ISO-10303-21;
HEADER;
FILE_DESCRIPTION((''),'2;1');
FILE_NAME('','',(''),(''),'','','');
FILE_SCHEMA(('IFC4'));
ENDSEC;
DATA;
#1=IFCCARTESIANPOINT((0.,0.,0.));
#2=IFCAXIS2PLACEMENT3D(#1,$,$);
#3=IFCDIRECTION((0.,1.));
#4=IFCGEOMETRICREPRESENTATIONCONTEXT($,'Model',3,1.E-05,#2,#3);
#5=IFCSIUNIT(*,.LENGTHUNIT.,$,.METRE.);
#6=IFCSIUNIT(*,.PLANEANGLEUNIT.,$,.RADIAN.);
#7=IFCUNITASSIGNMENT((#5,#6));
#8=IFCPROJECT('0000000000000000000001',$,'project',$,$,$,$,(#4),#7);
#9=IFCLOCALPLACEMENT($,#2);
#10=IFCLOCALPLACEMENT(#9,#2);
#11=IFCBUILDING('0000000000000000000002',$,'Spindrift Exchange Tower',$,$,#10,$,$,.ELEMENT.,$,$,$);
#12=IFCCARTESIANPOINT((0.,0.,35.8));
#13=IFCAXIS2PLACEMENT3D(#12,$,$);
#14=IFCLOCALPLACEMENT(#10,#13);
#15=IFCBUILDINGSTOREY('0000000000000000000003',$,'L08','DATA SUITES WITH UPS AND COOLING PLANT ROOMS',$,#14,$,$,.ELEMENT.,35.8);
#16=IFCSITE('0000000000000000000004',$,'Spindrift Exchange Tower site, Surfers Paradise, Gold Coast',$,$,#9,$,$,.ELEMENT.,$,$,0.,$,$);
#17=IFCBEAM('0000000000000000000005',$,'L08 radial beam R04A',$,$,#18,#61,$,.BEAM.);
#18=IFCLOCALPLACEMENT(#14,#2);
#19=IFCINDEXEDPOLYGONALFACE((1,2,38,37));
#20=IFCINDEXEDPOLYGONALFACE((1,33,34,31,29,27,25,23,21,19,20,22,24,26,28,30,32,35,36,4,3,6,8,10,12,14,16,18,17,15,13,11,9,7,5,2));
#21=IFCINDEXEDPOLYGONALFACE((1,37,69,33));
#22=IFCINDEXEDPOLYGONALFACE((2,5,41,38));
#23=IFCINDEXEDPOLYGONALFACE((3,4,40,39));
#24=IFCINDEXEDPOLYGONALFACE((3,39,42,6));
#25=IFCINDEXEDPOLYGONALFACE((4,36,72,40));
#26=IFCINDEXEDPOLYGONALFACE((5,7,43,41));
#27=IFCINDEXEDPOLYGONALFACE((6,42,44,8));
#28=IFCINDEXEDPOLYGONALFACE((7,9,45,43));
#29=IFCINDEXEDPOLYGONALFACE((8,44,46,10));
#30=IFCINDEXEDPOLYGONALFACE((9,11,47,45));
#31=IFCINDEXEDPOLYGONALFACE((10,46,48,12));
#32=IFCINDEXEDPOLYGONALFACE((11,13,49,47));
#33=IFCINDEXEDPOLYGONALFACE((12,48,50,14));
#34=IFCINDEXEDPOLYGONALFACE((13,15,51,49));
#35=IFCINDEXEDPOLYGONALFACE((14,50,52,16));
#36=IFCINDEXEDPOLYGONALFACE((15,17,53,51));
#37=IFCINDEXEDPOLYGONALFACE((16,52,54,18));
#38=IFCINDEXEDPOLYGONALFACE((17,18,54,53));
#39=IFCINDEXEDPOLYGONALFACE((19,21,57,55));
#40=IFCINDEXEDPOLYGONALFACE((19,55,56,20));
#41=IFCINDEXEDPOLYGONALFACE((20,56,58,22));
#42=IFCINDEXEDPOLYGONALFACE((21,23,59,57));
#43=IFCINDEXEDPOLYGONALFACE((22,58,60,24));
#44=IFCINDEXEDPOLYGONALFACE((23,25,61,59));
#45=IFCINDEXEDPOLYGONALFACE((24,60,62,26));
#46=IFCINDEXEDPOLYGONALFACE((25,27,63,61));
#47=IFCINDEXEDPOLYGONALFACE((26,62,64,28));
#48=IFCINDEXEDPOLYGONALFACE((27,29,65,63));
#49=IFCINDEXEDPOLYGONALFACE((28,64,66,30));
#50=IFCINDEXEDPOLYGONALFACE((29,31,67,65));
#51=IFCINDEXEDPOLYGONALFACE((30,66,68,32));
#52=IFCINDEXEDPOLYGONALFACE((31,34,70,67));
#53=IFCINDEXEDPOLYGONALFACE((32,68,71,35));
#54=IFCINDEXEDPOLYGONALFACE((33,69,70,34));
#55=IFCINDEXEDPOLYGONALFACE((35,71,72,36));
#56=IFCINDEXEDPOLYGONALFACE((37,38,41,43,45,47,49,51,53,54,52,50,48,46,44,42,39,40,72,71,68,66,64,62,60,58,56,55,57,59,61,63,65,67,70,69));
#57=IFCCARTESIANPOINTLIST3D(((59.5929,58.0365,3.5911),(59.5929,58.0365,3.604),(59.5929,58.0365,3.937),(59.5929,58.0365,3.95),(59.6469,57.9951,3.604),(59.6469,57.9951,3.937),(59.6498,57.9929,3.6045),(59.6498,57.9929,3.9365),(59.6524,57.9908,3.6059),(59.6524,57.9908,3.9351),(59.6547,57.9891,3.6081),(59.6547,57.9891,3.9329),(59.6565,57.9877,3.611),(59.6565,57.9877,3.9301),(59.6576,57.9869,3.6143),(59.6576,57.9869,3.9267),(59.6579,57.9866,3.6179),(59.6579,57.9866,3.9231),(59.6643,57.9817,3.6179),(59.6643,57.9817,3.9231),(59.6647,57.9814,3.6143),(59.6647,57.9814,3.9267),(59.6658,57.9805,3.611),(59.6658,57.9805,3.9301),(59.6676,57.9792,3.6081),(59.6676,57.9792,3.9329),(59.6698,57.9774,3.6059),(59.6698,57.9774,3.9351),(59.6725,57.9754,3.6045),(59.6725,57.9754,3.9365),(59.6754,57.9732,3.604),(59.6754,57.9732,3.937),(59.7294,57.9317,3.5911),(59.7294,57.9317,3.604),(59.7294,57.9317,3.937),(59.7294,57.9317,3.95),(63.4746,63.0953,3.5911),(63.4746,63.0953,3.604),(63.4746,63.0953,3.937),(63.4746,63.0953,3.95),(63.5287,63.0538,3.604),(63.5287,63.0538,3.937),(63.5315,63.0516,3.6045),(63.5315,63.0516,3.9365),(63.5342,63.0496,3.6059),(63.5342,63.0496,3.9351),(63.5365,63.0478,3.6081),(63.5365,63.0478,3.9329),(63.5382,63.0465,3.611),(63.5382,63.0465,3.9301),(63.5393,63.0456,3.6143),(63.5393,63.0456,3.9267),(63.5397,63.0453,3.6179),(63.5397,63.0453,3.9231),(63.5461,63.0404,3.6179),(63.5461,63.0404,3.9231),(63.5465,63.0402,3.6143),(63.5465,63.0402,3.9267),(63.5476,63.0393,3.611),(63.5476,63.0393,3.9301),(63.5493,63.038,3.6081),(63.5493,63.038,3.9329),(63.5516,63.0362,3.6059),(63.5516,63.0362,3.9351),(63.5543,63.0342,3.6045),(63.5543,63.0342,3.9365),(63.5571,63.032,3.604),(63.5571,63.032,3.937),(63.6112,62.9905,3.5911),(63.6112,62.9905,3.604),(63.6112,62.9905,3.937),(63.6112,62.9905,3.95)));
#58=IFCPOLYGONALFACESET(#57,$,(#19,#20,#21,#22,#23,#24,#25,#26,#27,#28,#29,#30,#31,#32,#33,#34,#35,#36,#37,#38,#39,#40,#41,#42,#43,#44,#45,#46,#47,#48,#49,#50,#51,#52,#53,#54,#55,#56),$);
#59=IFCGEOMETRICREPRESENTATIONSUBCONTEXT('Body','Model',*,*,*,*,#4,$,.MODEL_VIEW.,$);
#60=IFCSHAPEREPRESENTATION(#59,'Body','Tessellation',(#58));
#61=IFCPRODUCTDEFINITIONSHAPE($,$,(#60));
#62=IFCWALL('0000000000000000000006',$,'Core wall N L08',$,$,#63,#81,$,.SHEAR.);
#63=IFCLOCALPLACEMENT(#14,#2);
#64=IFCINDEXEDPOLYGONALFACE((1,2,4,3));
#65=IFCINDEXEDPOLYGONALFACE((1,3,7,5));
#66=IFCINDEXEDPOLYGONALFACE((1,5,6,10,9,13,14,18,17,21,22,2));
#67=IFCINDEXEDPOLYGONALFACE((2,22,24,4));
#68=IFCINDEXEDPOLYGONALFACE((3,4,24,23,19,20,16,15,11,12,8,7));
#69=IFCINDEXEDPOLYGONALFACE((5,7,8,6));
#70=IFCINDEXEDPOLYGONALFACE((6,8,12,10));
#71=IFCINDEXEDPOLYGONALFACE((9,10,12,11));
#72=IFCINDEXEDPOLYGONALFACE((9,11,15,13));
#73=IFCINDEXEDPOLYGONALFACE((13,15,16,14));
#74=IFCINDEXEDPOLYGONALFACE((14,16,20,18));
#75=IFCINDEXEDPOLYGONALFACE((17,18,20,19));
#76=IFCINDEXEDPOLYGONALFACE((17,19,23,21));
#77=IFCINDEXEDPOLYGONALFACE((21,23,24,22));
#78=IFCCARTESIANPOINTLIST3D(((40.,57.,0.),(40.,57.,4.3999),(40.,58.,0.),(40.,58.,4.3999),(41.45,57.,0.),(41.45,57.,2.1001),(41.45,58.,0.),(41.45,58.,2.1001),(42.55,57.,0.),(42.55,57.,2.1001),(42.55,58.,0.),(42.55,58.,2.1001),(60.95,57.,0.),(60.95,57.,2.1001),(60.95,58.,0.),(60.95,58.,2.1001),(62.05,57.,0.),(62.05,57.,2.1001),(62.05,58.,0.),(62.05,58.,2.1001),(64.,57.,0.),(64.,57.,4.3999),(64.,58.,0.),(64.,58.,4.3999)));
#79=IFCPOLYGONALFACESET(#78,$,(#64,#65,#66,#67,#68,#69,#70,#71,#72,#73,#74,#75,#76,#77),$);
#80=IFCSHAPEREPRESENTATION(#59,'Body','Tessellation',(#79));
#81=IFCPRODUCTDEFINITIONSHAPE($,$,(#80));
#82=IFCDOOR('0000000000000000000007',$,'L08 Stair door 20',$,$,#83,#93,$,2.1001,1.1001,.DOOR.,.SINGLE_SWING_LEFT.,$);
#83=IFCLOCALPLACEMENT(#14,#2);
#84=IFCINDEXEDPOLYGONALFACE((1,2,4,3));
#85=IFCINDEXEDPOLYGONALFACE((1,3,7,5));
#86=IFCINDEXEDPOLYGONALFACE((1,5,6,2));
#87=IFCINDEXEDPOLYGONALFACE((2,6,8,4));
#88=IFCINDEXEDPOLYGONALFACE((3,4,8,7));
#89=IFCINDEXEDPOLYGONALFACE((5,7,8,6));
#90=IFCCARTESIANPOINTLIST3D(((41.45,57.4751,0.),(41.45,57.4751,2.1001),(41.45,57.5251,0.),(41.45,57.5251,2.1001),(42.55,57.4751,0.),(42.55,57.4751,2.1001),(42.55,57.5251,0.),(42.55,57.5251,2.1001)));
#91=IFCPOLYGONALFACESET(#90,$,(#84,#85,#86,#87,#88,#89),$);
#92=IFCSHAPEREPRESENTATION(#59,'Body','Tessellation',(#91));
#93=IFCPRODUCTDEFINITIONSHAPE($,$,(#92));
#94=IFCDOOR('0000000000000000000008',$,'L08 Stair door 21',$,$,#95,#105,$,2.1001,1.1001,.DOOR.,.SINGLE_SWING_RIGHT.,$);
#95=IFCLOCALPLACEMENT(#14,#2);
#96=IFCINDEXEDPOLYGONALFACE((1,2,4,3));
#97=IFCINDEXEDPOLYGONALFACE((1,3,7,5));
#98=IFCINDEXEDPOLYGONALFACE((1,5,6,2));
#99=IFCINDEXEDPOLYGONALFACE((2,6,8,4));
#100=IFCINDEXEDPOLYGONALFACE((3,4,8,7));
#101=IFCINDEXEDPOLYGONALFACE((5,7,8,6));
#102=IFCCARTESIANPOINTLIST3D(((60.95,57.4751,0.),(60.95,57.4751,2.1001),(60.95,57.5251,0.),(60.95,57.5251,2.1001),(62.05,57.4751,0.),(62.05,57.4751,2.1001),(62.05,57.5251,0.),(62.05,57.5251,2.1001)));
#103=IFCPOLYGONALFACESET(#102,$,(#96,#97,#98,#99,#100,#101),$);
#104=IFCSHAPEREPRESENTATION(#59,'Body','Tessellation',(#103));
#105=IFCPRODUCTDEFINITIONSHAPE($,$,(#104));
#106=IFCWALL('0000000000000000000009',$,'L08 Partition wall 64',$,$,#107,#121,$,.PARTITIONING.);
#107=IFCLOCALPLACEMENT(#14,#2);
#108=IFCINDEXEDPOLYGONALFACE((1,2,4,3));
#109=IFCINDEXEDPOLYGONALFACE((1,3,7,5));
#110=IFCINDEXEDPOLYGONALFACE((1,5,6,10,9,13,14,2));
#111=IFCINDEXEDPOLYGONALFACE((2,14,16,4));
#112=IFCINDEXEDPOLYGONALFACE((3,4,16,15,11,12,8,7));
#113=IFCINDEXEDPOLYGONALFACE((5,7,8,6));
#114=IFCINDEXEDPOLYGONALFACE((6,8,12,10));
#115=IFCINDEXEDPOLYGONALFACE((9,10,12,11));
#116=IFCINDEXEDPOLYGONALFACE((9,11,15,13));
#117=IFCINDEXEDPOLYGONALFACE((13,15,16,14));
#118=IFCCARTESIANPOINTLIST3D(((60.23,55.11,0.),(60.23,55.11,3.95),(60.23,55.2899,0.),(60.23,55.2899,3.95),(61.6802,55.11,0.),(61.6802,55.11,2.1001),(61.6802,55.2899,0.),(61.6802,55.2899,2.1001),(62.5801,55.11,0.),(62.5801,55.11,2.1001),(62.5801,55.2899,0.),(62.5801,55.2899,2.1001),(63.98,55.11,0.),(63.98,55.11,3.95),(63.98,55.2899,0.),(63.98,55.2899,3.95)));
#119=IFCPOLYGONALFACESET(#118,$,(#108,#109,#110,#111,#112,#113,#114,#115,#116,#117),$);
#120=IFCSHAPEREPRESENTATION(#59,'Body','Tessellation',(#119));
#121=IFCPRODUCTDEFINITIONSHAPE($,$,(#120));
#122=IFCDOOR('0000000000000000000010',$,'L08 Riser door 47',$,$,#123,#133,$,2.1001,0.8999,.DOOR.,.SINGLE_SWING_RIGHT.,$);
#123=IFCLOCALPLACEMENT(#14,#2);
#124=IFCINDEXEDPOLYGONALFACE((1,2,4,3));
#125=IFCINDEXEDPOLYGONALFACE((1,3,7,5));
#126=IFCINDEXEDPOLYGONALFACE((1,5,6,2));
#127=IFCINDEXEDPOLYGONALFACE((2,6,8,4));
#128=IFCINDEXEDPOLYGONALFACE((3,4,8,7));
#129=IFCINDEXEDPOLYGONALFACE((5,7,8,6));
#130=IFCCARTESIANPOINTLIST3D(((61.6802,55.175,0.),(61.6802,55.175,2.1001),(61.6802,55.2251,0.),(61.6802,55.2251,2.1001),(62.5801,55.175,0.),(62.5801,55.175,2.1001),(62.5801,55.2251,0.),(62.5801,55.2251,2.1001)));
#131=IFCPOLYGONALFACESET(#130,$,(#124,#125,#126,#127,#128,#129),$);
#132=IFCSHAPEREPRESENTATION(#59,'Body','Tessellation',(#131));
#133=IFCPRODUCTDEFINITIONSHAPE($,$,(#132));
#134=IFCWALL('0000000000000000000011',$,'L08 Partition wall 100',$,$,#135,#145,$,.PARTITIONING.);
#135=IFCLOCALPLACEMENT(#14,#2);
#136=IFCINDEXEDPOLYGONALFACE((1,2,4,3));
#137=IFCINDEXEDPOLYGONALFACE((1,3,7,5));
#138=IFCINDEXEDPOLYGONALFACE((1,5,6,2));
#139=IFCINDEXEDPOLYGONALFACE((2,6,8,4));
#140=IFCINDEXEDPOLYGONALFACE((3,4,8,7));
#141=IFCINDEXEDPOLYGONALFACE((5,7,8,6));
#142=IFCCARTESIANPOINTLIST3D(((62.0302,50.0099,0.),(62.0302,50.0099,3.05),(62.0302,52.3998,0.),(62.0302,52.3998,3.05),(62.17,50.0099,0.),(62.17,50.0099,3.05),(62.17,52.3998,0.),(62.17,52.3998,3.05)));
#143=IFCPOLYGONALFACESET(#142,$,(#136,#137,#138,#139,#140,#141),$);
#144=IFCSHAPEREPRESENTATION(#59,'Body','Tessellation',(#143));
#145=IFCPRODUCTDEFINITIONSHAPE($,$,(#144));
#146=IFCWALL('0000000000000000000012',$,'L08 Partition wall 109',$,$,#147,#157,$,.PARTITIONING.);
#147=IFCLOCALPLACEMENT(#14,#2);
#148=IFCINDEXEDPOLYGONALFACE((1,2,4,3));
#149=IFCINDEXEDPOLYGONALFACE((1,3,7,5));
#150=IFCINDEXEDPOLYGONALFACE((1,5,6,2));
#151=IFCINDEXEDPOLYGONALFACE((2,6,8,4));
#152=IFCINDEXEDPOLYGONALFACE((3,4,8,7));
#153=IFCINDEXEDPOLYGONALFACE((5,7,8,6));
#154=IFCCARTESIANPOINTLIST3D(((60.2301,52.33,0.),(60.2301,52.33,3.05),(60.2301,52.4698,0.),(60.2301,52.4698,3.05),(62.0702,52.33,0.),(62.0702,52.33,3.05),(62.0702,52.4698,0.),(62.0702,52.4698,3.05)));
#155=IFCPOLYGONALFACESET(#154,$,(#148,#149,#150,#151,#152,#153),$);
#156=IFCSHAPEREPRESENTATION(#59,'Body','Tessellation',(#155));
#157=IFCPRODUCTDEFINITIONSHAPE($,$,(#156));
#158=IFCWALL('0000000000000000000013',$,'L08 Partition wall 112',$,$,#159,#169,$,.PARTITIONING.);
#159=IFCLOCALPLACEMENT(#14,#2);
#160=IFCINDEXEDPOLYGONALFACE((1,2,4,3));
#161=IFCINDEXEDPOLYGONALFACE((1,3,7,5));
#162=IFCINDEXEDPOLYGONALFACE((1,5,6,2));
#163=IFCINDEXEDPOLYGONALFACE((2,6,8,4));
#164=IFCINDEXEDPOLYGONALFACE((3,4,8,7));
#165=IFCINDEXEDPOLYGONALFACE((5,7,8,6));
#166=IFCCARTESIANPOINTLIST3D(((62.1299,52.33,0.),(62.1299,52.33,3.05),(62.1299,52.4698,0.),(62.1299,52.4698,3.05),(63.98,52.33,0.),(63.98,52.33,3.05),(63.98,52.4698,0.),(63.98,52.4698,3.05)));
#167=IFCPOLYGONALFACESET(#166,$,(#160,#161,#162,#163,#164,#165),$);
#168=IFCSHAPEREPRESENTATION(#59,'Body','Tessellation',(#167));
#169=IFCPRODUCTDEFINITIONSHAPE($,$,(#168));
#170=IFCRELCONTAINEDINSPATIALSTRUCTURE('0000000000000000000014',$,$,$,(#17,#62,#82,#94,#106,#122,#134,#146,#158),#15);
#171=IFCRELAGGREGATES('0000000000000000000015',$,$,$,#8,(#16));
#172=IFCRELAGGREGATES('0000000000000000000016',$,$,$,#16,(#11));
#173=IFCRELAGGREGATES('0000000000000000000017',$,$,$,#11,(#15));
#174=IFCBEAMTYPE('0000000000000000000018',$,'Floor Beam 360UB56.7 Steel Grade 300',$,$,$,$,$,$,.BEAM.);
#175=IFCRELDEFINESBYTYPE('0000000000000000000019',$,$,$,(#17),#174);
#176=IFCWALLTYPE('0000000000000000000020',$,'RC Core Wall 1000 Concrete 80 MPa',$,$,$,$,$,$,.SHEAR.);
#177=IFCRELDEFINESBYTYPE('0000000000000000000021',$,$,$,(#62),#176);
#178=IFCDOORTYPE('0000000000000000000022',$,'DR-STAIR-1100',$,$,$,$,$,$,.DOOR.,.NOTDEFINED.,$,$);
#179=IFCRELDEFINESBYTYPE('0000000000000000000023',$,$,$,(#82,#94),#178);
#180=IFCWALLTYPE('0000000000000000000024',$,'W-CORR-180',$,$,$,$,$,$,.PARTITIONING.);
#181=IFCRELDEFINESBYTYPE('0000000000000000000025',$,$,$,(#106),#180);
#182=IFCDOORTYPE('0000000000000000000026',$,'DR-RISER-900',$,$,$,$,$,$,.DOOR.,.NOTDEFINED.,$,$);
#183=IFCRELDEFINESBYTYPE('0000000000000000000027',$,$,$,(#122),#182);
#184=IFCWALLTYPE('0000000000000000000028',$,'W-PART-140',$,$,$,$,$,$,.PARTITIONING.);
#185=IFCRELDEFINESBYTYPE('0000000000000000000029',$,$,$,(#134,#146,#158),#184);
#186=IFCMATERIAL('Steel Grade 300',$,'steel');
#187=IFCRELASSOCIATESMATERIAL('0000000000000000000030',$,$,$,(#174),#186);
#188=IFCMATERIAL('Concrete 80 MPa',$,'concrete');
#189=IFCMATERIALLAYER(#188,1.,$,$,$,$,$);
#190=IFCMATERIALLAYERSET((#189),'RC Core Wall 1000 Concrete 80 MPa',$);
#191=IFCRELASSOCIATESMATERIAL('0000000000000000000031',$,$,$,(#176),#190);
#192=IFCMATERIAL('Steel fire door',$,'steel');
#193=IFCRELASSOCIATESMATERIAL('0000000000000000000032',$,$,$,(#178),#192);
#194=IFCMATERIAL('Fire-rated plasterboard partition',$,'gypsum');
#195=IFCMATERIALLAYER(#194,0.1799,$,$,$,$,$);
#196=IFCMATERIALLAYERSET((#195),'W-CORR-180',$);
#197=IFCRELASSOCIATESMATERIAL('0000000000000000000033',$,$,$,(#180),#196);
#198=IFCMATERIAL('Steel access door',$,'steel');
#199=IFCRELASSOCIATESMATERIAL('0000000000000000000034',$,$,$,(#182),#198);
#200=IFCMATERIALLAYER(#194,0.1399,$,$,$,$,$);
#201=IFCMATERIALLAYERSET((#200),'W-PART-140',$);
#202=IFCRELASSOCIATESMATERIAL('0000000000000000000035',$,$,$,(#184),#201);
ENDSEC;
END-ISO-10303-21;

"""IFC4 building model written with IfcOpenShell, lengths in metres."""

from ifc_helpers import new_model, si_unit, direction, frame, frame_2d, origin, origin_2d, place, context, subcontext, project, spatial, rectangle, i_section, extrude, source, transform, mapped, material, layer, layer_set, material_profile, profile_set, type_object, element, fill, save


model = new_model("IFC4")

# Units and contexts
model_context = context("Model", 3, precision=1e-05, world=origin(), true_north=direction((0.0, 1.0)))
body_context = subcontext(model_context, "Body", "Model", "MODEL_VIEW")
ifc_project = project(units=[si_unit("LENGTHUNIT", "METRE"), si_unit("PLANEANGLEUNIT", "RADIAN")], contexts=[model_context])

# Site, building, storey
site_placement = place(None, origin())
site = spatial("IfcSite", under=ifc_project, at=site_placement, Name="Spindrift Exchange Tower site, Surfers Paradise, Gold Coast", CompositionType="ELEMENT", RefElevation=0.0)
building_placement = place(site_placement, origin())
building = spatial("IfcBuilding", under=site, at=building_placement, Name="Spindrift Exchange Tower", CompositionType="ELEMENT")
storey_placement = place(building_placement, frame((0.0, 0.0, 35.8)))
storey = spatial("IfcBuildingStorey", under=building, at=storey_placement, Name="L08", Description="DATA SUITES WITH UPS AND COOLING PLANT ROOMS", CompositionType="ELEMENT", Elevation=35.8)

# Shared definitions
ifc_material_1 = material(Name="Concrete 80 MPa", Category="concrete")

# Beam
ifc_material_2 = material(Name="Steel Grade 300", Category="steel")
ifc_material_profile_1 = material_profile(ifc_material_2, i_section(OverallWidth=0.1721, OverallDepth=0.3589, WebThickness=0.0081, FlangeThickness=0.0129, FilletRadius=0.0139, at=origin_2d()), Name="360UB56.7")
ifc_profile_set_1 = profile_set([ifc_material_profile_1], Name="Steel Grade 300")
beam_type_1 = type_object("IfcBeamType", Name="Floor Beam 360UB56.7 Steel Grade 300", PredefinedType="BEAM", material=ifc_profile_set_1)
shared_shape_1 = source(origin(), body_context, "Body", "SweptSolid", [
    extrude(i_section(OverallWidth=0.1721, OverallDepth=0.3589, WebThickness=0.0081, FlangeThickness=0.0129, FilletRadius=0.0139, at=origin_2d()), origin(), (0.0, 0.0, 1.0), 6.3765),
])
beam_1_placement = place(storey_placement, frame((59.6611, 57.9841, 3.7705), z_axis=(0.608767, 0.793349, 0.0), x_axis=(-0.793349, 0.608767, 0.0)))
element("IfcBeam", 1, at=beam_1_placement, inside=storey, type_object=beam_type_1, Name="L08 radial beam R04A", PredefinedType="BEAM", context=body_context, shape_type="MappedRepresentation", body=[
    mapped(shared_shape_1, transform((0.0, 0.0, 0.0), scale=1.0)),
])

# Wall, openings, doors
ifc_layer_1 = layer(ifc_material_1, 1.0)
ifc_layer_set_1 = layer_set([ifc_layer_1], Name="RC Core Wall 1000 Concrete 80 MPa")
wall_type_1 = type_object("IfcWallType", Name="RC Core Wall 1000 Concrete 80 MPa", PredefinedType="SHEAR", material=ifc_layer_set_1)
wall_1_placement = place(storey_placement, frame((64.0, 57.5, 0.0), z_axis=(0.0, 0.0, 1.0), x_axis=(-1.0, 0.0, 0.0)))
wall_1 = element("IfcWall", 2, at=wall_1_placement, inside=storey, type_object=wall_type_1, Name="Core wall N L08", PredefinedType="SHEAR", context=body_context, shape_type="SweptSolid", body=[
    extrude(rectangle(XDim=24.0, YDim=1.0, at=frame_2d((12.0, 0.0))), origin(), (0.0, 0.0, 1.0), 4.3999),
])
opening_1_placement = place(wall_1_placement, frame((21.45, 0.0, 0.0)))
opening_1 = element("IfcOpeningElement", 3, at=opening_1_placement, cuts=wall_1, PredefinedType="OPENING", context=body_context, shape_type="SweptSolid", body=[
    extrude(rectangle(XDim=1.1001, YDim=2.1001, at=frame_2d((0.55, 1.05))), frame((0.0, 0.51, 0.0), z_axis=(0.0, -1.0, 0.0), x_axis=(1.0, 0.0, 0.0)), (0.0, 0.0, 1.0), 1.02),
])
opening_2_placement = place(wall_1_placement, frame((1.95, 0.0, 0.0)))
opening_2 = element("IfcOpeningElement", 4, at=opening_2_placement, cuts=wall_1, PredefinedType="OPENING", context=body_context, shape_type="SweptSolid", body=[
    extrude(rectangle(XDim=1.1001, YDim=2.1001, at=frame_2d((0.55, 1.05))), frame((0.0, 0.51, 0.0), z_axis=(0.0, -1.0, 0.0), x_axis=(1.0, 0.0, 0.0)), (0.0, 0.0, 1.0), 1.02),
])
ifc_material_3 = material(Name="Steel fire door", Category="steel")
door_type_1 = type_object("IfcDoorType", Name="DR-STAIR-1100", OperationType="NOTDEFINED", PredefinedType="DOOR", material=ifc_material_3)
shared_shape_2 = source(origin(), body_context, "Body", "SweptSolid", [
    extrude(rectangle(XDim=1.1001, YDim=2.1001, at=frame_2d((0.55, 1.05))), frame((0.0, 0.0249, 0.0), z_axis=(0.0, -1.0, 0.0), x_axis=(1.0, 0.0, 0.0)), (0.0, 0.0, 1.0), 0.05),
])
door_1_placement = place(opening_1_placement, origin())
door_1 = element("IfcDoor", 5, at=door_1_placement, inside=storey, type_object=door_type_1, Name="L08 Stair door 20", OperationType="SINGLE_SWING_LEFT", OverallHeight=2.1001, OverallWidth=1.1001, PredefinedType="DOOR", context=body_context, shape_type="MappedRepresentation", body=[
    mapped(shared_shape_2, transform((0.0, 0.0, 0.0), scale=1.0)),
])
fill(opening_1, door_1)
door_2_placement = place(opening_2_placement, origin())
door_2 = element("IfcDoor", 6, at=door_2_placement, inside=storey, type_object=door_type_1, Name="L08 Stair door 21", OperationType="SINGLE_SWING_RIGHT", OverallHeight=2.1001, OverallWidth=1.1001, PredefinedType="DOOR", context=body_context, shape_type="MappedRepresentation", body=[
    mapped(shared_shape_2, transform((0.0, 0.0, 0.0), scale=1.0)),
])
fill(opening_2, door_2)

# Wall, opening, door
ifc_material_4 = material(Name="Fire-rated plasterboard partition", Category="gypsum")
ifc_layer_2 = layer(ifc_material_4, 0.1799)
ifc_layer_set_2 = layer_set([ifc_layer_2], Name="W-CORR-180")
wall_type_2 = type_object("IfcWallType", Name="W-CORR-180", PredefinedType="PARTITIONING", material=ifc_layer_set_2)
wall_2_placement = place(storey_placement, frame((63.98, 55.2, 0.0), z_axis=(0.0, 0.0, 1.0), x_axis=(-1.0, 0.0, 0.0)))
wall_2 = element("IfcWall", 7, at=wall_2_placement, inside=storey, type_object=wall_type_2, Name="L08 Partition wall 64", PredefinedType="PARTITIONING", context=body_context, shape_type="SweptSolid", body=[
    extrude(rectangle(XDim=3.75, YDim=0.1799, at=frame_2d((1.875, 0.0))), origin(), (0.0, 0.0, 1.0), 3.95),
])
opening_3_placement = place(wall_2_placement, frame((1.3999, 0.0, 0.0)))
opening_3 = element("IfcOpeningElement", 8, at=opening_3_placement, cuts=wall_2, PredefinedType="OPENING", context=body_context, shape_type="SweptSolid", body=[
    extrude(rectangle(XDim=0.8999, YDim=2.1001, at=frame_2d((0.45, 1.05))), frame((0.0, 0.0999, 0.0), z_axis=(0.0, -1.0, 0.0), x_axis=(1.0, 0.0, 0.0)), (0.0, 0.0, 1.0), 0.2),
])
ifc_material_5 = material(Name="Steel access door", Category="steel")
door_type_2 = type_object("IfcDoorType", Name="DR-RISER-900", OperationType="NOTDEFINED", PredefinedType="DOOR", material=ifc_material_5)
shared_shape_3 = source(origin(), body_context, "Body", "SweptSolid", [
    extrude(rectangle(XDim=0.8999, YDim=2.1001, at=frame_2d((0.45, 1.05))), frame((0.0, 0.0249, 0.0), z_axis=(0.0, -1.0, 0.0), x_axis=(1.0, 0.0, 0.0)), (0.0, 0.0, 1.0), 0.05),
])
door_3_placement = place(opening_3_placement, origin())
door_3 = element("IfcDoor", 9, at=door_3_placement, inside=storey, type_object=door_type_2, Name="L08 Riser door 47", OperationType="SINGLE_SWING_RIGHT", OverallHeight=2.1001, OverallWidth=0.8999, PredefinedType="DOOR", context=body_context, shape_type="MappedRepresentation", body=[
    mapped(shared_shape_3, transform((0.0, 0.0, 0.0), scale=1.0)),
])
fill(opening_3, door_3)

# Walls
ifc_layer_3 = layer(ifc_material_4, 0.1399)
ifc_layer_set_3 = layer_set([ifc_layer_3], Name="W-PART-140")
wall_type_3 = type_object("IfcWallType", Name="W-PART-140", PredefinedType="PARTITIONING", material=ifc_layer_set_3)
wall_3_placement = place(storey_placement, frame((62.1001, 50.01, 0.0), z_axis=(0.0, 0.0, 1.0), x_axis=(0.0, 1.0, 0.0)))
element("IfcWall", 10, at=wall_3_placement, inside=storey, type_object=wall_type_3, Name="L08 Partition wall 100", PredefinedType="PARTITIONING", context=body_context, shape_type="SweptSolid", body=[
    extrude(rectangle(XDim=2.3899, YDim=0.1399, at=frame_2d((1.1948, 0.0))), origin(), (0.0, 0.0, 1.0), 3.05),
])
wall_4_placement = place(storey_placement, frame((62.0701, 52.3999, 0.0), z_axis=(0.0, 0.0, 1.0), x_axis=(-1.0, 0.0, 0.0)))
element("IfcWall", 11, at=wall_4_placement, inside=storey, type_object=wall_type_3, Name="L08 Partition wall 109", PredefinedType="PARTITIONING", context=body_context, shape_type="SweptSolid", body=[
    extrude(rectangle(XDim=1.8401, YDim=0.1399, at=frame_2d((0.9199, 0.0))), origin(), (0.0, 0.0, 1.0), 3.05),
])
wall_5_placement = place(storey_placement, frame((63.98, 52.3999, 0.0), z_axis=(0.0, 0.0, 1.0), x_axis=(-1.0, 0.0, 0.0)))
element("IfcWall", 12, at=wall_5_placement, inside=storey, type_object=wall_type_3, Name="L08 Partition wall 112", PredefinedType="PARTITIONING", context=body_context, shape_type="SweptSolid", body=[
    extrude(rectangle(XDim=1.8501, YDim=0.1399, at=frame_2d((0.925, 0.0))), origin(), (0.0, 0.0, 1.0), 3.05),
])

save(model, "model.ifc")
